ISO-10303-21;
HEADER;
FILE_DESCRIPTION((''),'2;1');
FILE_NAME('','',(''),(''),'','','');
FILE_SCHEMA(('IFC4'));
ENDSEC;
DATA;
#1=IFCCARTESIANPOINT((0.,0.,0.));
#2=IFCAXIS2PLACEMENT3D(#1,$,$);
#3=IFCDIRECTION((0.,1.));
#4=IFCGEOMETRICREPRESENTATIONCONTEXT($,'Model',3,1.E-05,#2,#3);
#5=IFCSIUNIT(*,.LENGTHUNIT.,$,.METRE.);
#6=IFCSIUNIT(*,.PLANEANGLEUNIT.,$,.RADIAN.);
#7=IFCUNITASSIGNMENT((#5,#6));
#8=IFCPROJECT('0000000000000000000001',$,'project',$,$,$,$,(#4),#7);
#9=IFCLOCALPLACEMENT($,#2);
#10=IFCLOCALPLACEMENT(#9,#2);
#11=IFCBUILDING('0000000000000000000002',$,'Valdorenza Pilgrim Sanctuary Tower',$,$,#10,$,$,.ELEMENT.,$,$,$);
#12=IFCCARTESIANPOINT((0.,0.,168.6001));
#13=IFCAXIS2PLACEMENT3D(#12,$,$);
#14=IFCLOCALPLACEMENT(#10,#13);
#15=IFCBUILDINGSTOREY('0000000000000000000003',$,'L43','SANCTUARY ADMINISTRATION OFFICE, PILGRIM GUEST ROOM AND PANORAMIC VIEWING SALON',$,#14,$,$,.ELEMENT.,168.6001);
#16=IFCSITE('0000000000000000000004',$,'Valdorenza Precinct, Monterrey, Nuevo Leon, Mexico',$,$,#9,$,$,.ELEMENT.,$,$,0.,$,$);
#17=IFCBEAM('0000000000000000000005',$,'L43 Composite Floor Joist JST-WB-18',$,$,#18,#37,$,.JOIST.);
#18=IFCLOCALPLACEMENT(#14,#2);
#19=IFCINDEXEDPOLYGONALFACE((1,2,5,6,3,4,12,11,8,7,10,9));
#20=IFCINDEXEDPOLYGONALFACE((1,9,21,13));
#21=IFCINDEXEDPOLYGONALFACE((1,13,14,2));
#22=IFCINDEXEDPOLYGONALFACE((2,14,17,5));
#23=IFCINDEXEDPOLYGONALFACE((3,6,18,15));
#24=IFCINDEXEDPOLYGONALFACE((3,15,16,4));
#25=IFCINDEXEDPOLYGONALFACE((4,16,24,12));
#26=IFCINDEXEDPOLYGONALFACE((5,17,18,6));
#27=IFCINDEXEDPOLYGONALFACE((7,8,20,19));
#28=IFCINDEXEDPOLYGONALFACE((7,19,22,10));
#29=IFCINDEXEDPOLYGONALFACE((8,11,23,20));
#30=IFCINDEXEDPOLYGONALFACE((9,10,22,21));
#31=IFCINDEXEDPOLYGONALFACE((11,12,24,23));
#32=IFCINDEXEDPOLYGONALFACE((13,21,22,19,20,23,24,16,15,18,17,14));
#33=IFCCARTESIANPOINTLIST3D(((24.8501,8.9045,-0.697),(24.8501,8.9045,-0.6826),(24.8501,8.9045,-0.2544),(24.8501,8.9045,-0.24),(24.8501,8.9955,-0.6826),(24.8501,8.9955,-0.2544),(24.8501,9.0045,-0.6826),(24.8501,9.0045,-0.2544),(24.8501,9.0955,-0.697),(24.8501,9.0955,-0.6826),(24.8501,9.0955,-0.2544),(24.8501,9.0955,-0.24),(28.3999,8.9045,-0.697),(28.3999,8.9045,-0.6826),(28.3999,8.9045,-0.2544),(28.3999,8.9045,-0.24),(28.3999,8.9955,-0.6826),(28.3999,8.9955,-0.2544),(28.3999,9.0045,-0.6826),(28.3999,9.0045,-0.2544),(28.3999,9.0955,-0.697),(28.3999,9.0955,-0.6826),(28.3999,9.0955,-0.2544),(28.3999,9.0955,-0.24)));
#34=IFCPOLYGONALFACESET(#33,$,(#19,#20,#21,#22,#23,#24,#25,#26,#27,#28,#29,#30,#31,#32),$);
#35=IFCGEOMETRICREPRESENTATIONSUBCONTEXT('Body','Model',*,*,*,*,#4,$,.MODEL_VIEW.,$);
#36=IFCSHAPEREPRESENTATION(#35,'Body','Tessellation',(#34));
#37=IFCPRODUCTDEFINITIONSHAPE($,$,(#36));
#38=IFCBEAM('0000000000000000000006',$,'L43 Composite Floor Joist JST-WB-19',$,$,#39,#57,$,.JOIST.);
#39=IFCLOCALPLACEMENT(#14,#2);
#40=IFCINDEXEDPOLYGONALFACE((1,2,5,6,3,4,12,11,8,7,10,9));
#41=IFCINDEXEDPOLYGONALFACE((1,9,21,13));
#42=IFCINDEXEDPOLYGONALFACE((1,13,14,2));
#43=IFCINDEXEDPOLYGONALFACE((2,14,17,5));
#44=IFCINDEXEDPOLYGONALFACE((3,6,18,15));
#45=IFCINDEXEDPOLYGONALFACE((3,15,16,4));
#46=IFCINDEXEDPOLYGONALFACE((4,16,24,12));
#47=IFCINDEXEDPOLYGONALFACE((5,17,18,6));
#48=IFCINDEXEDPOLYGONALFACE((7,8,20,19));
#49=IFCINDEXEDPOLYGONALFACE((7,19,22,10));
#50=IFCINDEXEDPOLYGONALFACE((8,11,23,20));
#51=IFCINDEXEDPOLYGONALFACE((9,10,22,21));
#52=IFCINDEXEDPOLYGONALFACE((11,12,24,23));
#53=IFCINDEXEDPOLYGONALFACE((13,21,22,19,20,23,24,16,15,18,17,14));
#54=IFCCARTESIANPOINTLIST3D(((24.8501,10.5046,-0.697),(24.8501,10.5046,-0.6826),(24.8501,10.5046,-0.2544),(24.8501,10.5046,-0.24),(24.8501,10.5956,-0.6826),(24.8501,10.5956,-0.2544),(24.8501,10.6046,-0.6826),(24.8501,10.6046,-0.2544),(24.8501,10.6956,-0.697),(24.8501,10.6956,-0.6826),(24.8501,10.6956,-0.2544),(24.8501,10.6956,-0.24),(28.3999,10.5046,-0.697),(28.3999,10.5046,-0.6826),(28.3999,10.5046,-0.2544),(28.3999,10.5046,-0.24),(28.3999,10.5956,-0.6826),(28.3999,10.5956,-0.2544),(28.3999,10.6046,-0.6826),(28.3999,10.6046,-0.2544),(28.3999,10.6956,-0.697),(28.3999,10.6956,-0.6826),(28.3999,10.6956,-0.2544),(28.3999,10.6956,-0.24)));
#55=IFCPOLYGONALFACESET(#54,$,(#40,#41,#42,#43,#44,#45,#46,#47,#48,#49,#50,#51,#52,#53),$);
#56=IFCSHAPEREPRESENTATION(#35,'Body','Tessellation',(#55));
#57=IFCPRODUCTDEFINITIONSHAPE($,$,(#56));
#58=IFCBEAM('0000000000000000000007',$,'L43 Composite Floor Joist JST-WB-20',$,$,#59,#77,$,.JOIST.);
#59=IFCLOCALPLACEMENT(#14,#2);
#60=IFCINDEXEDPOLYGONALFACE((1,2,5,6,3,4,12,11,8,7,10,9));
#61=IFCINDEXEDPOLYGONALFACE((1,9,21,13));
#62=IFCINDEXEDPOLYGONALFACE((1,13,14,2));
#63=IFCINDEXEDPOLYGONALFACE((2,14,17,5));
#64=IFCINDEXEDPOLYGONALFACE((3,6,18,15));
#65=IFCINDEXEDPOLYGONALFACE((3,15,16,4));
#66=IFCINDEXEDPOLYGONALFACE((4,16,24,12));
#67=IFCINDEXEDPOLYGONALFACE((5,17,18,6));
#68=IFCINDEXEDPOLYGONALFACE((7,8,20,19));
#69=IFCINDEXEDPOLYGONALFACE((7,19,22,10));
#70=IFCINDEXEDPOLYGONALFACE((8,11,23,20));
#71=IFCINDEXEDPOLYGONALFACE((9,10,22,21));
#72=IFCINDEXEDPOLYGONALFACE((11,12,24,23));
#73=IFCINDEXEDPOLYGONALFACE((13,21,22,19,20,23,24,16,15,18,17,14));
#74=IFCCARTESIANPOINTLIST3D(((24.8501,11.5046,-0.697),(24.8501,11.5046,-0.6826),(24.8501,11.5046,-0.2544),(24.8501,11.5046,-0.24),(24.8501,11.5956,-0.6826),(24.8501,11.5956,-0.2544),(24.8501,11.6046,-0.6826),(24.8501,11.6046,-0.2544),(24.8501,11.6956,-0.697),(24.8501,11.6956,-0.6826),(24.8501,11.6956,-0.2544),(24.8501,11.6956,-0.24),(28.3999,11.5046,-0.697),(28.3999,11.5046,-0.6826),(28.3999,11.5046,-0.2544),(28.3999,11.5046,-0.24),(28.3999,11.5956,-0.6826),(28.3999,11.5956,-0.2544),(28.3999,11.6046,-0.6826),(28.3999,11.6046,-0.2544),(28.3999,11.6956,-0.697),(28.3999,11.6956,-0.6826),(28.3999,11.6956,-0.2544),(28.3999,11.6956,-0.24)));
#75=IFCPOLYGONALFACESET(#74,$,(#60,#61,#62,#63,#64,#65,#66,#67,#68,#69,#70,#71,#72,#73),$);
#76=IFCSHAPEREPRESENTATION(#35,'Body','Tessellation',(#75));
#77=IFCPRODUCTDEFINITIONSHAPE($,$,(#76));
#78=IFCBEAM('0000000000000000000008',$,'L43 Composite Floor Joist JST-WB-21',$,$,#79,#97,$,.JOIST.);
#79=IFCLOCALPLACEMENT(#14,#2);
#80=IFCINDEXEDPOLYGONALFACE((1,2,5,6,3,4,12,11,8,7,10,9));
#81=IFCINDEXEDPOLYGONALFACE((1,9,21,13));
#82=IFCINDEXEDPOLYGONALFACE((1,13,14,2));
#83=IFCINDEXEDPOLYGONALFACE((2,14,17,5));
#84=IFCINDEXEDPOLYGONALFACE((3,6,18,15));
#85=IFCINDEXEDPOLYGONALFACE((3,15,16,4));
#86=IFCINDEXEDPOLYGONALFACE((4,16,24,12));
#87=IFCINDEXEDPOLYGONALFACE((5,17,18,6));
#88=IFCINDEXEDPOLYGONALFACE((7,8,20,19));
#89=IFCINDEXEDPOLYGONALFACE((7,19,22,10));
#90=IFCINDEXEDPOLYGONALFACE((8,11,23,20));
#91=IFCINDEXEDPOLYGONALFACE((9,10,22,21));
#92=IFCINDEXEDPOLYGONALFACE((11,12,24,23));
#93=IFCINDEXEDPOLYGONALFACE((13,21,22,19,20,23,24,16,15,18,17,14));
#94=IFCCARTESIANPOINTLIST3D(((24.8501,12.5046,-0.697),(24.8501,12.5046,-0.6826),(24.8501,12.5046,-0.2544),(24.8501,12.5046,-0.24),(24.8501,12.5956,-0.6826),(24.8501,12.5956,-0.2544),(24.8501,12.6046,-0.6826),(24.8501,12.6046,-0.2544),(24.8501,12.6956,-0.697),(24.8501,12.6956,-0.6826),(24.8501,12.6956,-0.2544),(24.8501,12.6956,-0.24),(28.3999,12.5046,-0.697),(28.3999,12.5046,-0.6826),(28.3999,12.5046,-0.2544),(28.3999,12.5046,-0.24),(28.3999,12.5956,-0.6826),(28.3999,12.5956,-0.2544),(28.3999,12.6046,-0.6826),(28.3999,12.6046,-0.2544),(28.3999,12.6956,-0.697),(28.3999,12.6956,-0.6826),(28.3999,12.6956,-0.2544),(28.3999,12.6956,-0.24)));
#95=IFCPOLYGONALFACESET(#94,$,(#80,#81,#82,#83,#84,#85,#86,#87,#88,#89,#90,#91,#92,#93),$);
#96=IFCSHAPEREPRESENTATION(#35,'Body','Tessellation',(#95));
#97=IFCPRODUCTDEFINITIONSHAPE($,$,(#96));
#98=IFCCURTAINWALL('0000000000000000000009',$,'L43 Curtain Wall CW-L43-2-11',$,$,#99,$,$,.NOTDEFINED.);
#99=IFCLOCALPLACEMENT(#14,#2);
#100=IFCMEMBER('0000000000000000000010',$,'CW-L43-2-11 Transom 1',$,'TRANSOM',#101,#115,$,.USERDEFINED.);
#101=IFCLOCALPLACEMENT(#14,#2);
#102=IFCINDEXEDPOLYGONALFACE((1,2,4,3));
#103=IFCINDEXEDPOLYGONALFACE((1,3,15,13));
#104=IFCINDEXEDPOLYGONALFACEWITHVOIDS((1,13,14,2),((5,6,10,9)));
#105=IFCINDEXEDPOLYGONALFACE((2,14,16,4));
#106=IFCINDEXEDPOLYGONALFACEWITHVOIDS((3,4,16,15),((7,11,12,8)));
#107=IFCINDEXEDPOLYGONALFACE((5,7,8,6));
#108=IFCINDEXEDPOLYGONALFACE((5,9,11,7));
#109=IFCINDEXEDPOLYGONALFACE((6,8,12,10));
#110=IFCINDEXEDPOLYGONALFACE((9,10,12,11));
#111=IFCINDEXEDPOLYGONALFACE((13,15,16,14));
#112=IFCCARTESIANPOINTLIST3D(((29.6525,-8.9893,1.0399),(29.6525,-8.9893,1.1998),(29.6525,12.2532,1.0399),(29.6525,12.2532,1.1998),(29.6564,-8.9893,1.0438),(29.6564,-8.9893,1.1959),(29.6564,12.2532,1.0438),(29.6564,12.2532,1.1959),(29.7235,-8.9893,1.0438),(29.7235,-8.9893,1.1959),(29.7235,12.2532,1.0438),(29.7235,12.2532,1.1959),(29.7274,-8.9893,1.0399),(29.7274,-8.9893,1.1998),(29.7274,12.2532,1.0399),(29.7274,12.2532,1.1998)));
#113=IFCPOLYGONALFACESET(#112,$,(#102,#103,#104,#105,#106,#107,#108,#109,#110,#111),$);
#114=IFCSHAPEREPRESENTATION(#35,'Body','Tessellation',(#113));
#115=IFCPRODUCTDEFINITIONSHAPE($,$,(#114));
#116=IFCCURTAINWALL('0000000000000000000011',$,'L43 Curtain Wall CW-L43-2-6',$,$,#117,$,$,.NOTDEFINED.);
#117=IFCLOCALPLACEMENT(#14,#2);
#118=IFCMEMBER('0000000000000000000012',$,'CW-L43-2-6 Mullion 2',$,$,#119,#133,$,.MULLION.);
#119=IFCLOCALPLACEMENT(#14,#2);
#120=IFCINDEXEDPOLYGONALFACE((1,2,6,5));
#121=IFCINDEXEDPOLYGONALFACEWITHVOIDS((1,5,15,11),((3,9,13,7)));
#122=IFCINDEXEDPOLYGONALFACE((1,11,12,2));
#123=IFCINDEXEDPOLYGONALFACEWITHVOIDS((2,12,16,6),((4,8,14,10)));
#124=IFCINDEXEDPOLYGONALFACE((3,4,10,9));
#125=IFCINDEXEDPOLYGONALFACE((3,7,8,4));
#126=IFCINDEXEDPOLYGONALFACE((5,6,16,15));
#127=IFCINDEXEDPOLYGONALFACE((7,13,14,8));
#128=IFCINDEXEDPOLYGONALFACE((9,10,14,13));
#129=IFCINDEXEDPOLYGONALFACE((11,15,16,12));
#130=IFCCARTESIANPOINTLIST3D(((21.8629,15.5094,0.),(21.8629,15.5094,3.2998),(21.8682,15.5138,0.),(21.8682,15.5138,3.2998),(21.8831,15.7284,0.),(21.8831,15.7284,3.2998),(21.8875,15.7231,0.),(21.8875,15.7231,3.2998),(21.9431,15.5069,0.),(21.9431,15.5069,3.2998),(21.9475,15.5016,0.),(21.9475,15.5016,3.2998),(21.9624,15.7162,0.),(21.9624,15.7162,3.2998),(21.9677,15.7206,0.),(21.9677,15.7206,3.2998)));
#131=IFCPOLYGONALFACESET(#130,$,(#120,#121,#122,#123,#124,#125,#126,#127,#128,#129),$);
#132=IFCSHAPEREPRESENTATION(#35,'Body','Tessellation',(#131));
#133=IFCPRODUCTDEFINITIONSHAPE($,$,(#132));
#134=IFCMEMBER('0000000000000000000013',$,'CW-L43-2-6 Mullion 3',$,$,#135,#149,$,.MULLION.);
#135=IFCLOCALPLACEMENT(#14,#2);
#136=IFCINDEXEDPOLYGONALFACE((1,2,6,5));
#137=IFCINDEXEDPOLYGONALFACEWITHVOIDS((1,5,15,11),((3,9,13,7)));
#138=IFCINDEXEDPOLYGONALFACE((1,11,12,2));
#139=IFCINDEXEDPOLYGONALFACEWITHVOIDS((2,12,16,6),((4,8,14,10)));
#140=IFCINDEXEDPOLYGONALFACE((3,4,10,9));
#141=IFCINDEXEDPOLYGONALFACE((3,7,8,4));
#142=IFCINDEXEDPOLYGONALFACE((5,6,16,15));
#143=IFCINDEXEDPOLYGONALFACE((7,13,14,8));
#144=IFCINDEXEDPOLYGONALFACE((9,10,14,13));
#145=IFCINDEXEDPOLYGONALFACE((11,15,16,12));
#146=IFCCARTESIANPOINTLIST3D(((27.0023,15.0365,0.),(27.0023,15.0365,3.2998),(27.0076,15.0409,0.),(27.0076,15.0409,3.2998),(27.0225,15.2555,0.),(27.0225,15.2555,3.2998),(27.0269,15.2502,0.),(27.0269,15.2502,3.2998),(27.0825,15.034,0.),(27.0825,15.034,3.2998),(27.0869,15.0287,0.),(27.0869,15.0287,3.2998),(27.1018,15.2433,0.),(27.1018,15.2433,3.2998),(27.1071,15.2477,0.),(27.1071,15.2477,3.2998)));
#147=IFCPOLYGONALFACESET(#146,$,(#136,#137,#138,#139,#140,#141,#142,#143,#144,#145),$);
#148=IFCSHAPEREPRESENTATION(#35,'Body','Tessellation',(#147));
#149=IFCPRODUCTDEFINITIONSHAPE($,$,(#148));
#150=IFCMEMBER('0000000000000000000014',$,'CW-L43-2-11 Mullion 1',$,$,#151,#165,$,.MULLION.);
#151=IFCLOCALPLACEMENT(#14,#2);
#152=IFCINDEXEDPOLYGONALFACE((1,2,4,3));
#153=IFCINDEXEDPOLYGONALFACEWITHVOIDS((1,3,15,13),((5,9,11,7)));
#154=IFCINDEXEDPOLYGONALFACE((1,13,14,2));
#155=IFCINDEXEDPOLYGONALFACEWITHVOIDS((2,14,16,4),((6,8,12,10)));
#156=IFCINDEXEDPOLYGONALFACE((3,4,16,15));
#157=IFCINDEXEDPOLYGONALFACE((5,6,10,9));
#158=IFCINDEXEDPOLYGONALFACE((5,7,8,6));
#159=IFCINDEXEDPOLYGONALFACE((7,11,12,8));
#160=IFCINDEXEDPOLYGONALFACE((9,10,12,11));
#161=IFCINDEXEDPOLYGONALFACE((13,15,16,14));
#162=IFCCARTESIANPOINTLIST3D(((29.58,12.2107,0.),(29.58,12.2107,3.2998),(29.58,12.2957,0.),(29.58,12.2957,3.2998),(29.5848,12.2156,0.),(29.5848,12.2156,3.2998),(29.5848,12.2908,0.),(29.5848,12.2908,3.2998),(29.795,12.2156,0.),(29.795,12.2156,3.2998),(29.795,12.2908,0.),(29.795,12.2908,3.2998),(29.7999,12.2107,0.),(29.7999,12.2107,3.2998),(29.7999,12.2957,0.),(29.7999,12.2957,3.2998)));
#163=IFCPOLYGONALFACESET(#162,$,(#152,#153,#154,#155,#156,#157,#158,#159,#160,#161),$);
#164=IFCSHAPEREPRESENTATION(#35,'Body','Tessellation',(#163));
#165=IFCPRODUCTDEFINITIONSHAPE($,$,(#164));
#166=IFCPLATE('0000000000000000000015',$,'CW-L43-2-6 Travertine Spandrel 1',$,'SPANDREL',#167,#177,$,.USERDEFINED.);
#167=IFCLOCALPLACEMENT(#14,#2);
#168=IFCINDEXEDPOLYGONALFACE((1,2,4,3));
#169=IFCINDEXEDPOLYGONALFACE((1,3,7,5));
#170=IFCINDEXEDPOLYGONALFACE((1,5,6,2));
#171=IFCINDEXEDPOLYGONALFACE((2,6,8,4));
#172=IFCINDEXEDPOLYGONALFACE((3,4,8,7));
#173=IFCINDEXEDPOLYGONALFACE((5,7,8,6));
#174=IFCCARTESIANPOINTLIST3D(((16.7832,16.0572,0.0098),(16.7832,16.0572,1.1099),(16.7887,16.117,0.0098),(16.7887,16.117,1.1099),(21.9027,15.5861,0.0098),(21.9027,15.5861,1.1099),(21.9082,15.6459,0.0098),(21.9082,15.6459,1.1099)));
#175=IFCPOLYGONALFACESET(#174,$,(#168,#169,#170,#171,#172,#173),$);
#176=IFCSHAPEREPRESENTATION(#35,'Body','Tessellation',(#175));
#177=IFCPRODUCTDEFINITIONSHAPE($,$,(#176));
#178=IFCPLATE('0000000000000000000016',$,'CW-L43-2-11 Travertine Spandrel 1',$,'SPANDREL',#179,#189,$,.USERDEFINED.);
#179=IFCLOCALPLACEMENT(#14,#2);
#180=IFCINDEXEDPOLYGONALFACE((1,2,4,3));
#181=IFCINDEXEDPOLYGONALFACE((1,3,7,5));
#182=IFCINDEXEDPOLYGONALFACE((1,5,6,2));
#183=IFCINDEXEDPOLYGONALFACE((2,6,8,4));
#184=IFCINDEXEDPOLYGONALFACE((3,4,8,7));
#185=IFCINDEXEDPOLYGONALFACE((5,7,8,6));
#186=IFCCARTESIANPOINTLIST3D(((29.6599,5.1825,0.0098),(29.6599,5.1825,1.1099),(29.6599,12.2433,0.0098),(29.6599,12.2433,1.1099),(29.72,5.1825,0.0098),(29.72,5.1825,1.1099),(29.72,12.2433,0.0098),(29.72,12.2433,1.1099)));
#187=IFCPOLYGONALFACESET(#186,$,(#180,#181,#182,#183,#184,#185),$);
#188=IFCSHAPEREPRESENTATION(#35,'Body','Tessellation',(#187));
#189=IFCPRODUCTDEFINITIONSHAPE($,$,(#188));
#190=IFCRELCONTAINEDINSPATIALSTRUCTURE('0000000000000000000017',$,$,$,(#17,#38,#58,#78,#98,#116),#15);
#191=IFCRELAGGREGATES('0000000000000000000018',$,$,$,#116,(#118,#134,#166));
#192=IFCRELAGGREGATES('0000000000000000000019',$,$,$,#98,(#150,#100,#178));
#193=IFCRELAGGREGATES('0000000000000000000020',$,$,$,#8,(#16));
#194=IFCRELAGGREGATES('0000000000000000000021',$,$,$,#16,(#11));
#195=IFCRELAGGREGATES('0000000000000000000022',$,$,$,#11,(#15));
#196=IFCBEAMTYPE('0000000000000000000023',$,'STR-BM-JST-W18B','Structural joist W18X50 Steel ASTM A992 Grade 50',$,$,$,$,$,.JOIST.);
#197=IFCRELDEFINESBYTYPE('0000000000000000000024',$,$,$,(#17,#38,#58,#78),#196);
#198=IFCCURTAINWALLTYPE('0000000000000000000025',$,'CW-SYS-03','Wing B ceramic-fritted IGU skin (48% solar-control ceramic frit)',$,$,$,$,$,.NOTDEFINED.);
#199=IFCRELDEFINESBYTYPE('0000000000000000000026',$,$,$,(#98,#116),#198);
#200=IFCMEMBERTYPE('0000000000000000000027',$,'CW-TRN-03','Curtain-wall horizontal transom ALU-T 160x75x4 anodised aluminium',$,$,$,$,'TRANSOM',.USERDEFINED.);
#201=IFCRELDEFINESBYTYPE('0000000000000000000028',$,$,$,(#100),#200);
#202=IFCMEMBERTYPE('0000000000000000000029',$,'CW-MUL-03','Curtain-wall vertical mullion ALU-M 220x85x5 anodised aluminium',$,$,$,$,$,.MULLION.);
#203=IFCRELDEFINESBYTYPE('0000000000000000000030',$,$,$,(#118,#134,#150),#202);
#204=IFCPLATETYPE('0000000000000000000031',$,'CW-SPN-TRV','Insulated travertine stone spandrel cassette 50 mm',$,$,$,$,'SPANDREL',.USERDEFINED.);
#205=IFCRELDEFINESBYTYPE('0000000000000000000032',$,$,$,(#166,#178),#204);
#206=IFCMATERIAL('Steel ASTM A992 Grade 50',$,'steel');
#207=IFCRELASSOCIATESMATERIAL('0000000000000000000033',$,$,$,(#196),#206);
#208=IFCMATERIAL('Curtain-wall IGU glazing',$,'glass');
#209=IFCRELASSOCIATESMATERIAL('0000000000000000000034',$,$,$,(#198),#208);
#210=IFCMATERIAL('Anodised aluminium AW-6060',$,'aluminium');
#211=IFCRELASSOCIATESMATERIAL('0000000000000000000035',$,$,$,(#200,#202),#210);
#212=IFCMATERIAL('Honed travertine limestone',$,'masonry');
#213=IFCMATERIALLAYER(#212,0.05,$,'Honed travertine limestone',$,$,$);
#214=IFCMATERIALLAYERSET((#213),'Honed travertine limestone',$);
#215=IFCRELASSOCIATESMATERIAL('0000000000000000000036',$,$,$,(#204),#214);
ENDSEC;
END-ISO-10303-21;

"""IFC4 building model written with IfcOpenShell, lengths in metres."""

from ifc_helpers import new_model, si_unit, direction, frame, origin, origin_2d, place, context, subcontext, project, spatial, rectangle, hollow_rectangle, i_section, extrude, source, transform, mapped, material, layer, layer_set, material_profile, profile_set, type_object, element, aggregate, save


model = new_model("IFC4")

# Units and contexts
model_context = context("Model", 3, precision=1e-05, world=origin(), true_north=direction((0.0, 1.0)))
body_context = subcontext(model_context, "Body", "Model", "MODEL_VIEW")
ifc_project = project(units=[si_unit("LENGTHUNIT", "METRE"), si_unit("PLANEANGLEUNIT", "RADIAN")], contexts=[model_context])

# Site, building, storey
site_placement = place(None, origin())
site = spatial("IfcSite", under=ifc_project, at=site_placement, Name="Valdorenza Precinct, Monterrey, Nuevo Leon, Mexico", CompositionType="ELEMENT", RefElevation=0.0)
building_placement = place(site_placement, origin())
building = spatial("IfcBuilding", under=site, at=building_placement, Name="Valdorenza Pilgrim Sanctuary Tower", CompositionType="ELEMENT")
storey_placement = place(building_placement, frame((0.0, 0.0, 168.6001)))
storey = spatial("IfcBuildingStorey", under=building, at=storey_placement, Name="L43", Description="SANCTUARY ADMINISTRATION OFFICE, PILGRIM GUEST ROOM AND PANORAMIC VIEWING SALON", CompositionType="ELEMENT", Elevation=168.6001)

# Shared definitions
ifc_material_1 = material(Name="Steel ASTM A992 Grade 50", Category="steel")

# Beams
ifc_material_profile_1 = material_profile(ifc_material_1, i_section(OverallWidth=0.1909, OverallDepth=0.457, WebThickness=0.009, FlangeThickness=0.0144, at=origin_2d()), Name="W18X50")
ifc_profile_set_1 = profile_set([ifc_material_profile_1], Name="Steel ASTM A992 Grade 50")
beam_type_1 = type_object("IfcBeamType", Name="STR-BM-JST-W18B", Description="Structural joist W18X50 Steel ASTM A992 Grade 50", PredefinedType="JOIST", material=ifc_profile_set_1)
shared_shape_1 = source(origin(), body_context, "Body", "SweptSolid", [
    extrude(i_section(OverallWidth=0.1909, OverallDepth=0.457, WebThickness=0.009, FlangeThickness=0.0144, at=origin_2d()), origin(), (0.0, 0.0, 1.0), 3.5498),
])
for number, where, z_axis, x_axis, name in (
    (1, (24.8501, 9.0, -0.4685), (1.0, 0.0, 0.0), (0.0, 1.0, 0.0), "L43 Composite Floor Joist JST-WB-18"),
    (2, (24.8501, 10.6001, -0.4685), (1.0, 0.0, 0.0), (0.0, 1.0, 0.0), "L43 Composite Floor Joist JST-WB-19"),
    (3, (24.8501, 11.6001, -0.4685), (1.0, 0.0, 0.0), (0.0, 1.0, 0.0), "L43 Composite Floor Joist JST-WB-20"),
    (4, (24.8501, 12.6001, -0.4685), (1.0, 0.0, 0.0), (0.0, 1.0, 0.0), "L43 Composite Floor Joist JST-WB-21"),
):
    element("IfcBeam", number, at=place(storey_placement, frame(where, z_axis=z_axis, x_axis=x_axis)), inside=storey, type_object=beam_type_1, Name=name, PredefinedType="JOIST", context=body_context, shape_type="MappedRepresentation", body=[
        mapped(shared_shape_1, transform((0.0, 0.0, 0.0), x_axis=(1.0, 0.0, 0.0), y_axis=(0.0, 1.0, 0.0), z_axis=(0.0, 0.0, 1.0), scale=1.0)),
    ])

# Curtain wall, member
ifc_material_2 = material(Name="Curtain-wall IGU glazing", Category="glass")
curtain_wall_type = type_object("IfcCurtainWallType", Name="CW-SYS-03", Description="Wing B ceramic-fritted IGU skin (48% solar-control ceramic frit)", PredefinedType="NOTDEFINED", material=ifc_material_2)
curtain_wall_1_placement = place(storey_placement, origin())
curtain_wall_1 = element("IfcCurtainWall", 5, at=curtain_wall_1_placement, inside=storey, type_object=curtain_wall_type, Name="L43 Curtain Wall CW-L43-2-11", PredefinedType="NOTDEFINED")
ifc_material_3 = material(Name="Anodised aluminium AW-6060", Category="aluminium")
ifc_material_profile_2 = material_profile(ifc_material_3, hollow_rectangle(XDim=0.075, YDim=0.1599, WallThickness=0.0039, at=origin_2d()), Name="ALU-T 160x75x4")
ifc_profile_set_2 = profile_set([ifc_material_profile_2], Name="Anodised aluminium AW-6060")
member_type_1 = type_object("IfcMemberType", Name="CW-TRN-03", Description="Curtain-wall horizontal transom ALU-T 160x75x4 anodised aluminium", ElementType="TRANSOM", PredefinedType="USERDEFINED", material=ifc_profile_set_2)
shared_shape_2 = source(origin(), body_context, "Body", "SweptSolid", [
    extrude(hollow_rectangle(XDim=0.075, YDim=0.1599, WallThickness=0.0039, at=origin_2d()), origin(), (0.0, 0.0, 1.0), 21.2424),
])
member_1_placement = place(storey_placement, frame((29.6899, 12.2532, 1.1199), z_axis=(0.0, -1.0, 0.0), x_axis=(1.0, 0.0, 0.0)))
member_1 = element("IfcMember", 6, at=member_1_placement, type_object=member_type_1, Name="CW-L43-2-11 Transom 1", ObjectType="TRANSOM", PredefinedType="USERDEFINED", context=body_context, shape_type="MappedRepresentation", body=[
    mapped(shared_shape_2, transform((0.0, 0.0, 0.0), x_axis=(1.0, 0.0, 0.0), y_axis=(0.0, 1.0, 0.0), z_axis=(0.0, 0.0, 1.0), scale=1.0)),
])

# Curtain wall, members
curtain_wall_2_placement = place(storey_placement, origin())
curtain_wall_2 = element("IfcCurtainWall", 7, at=curtain_wall_2_placement, inside=storey, type_object=curtain_wall_type, Name="L43 Curtain Wall CW-L43-2-6", PredefinedType="NOTDEFINED")
ifc_material_profile_3 = material_profile(ifc_material_3, hollow_rectangle(XDim=0.085, YDim=0.22, WallThickness=0.0049, at=origin_2d()), Name="ALU-M 220x85x5")
ifc_profile_set_3 = profile_set([ifc_material_profile_3], Name="Anodised aluminium AW-6060")
member_type_2 = type_object("IfcMemberType", Name="CW-MUL-03", Description="Curtain-wall vertical mullion ALU-M 220x85x5 anodised aluminium", PredefinedType="MULLION", material=ifc_profile_set_3)
shared_shape_3 = source(origin(), body_context, "Body", "SweptSolid", [
    extrude(hollow_rectangle(XDim=0.085, YDim=0.22, WallThickness=0.0049, at=origin_2d()), origin(), (0.0, 0.0, 1.0), 3.2998),
])
member_2_placement = place(storey_placement, frame((21.9153, 15.615, 0.0), z_axis=(0.0, 0.0, 1.0), x_axis=(0.995794, -0.091623, 0.0)))
member_2 = element("IfcMember", 8, at=member_2_placement, type_object=member_type_2, Name="CW-L43-2-6 Mullion 2", PredefinedType="MULLION", context=body_context, shape_type="MappedRepresentation", body=[
    mapped(shared_shape_3, transform((0.0, 0.0, 0.0), x_axis=(1.0, 0.0, 0.0), y_axis=(0.0, 1.0, 0.0), z_axis=(0.0, 0.0, 1.0), scale=1.0)),
])
member_3_placement = place(storey_placement, frame((27.0547, 15.1421, 0.0), z_axis=(0.0, 0.0, 1.0), x_axis=(0.995794, -0.091623, 0.0)))
member_3 = element("IfcMember", 9, at=member_3_placement, type_object=member_type_2, Name="CW-L43-2-6 Mullion 3", PredefinedType="MULLION", context=body_context, shape_type="MappedRepresentation", body=[
    mapped(shared_shape_3, transform((0.0, 0.0, 0.0), x_axis=(1.0, 0.0, 0.0), y_axis=(0.0, 1.0, 0.0), z_axis=(0.0, 0.0, 1.0), scale=1.0)),
])

# Member
member_4_placement = place(storey_placement, frame((29.6899, 12.2532, 0.0), z_axis=(0.0, 0.0, 1.0), x_axis=(0.0, -1.0, 0.0)))
member_4 = element("IfcMember", 10, at=member_4_placement, type_object=member_type_2, Name="CW-L43-2-11 Mullion 1", PredefinedType="MULLION", context=body_context, shape_type="MappedRepresentation", body=[
    mapped(shared_shape_3, transform((0.0, 0.0, 0.0), x_axis=(1.0, 0.0, 0.0), y_axis=(0.0, 1.0, 0.0), z_axis=(0.0, 0.0, 1.0), scale=1.0)),
])

# Plates
ifc_material_4 = material(Name="Honed travertine limestone", Category="masonry")
ifc_layer_1 = layer(ifc_material_4, 0.05, Name="Honed travertine limestone")
ifc_layer_set_1 = layer_set([ifc_layer_1], Name="Honed travertine limestone")
plate_type_1 = type_object("IfcPlateType", Name="CW-SPN-TRV", Description="Insulated travertine stone spandrel cassette 50 mm", ElementType="SPANDREL", PredefinedType="USERDEFINED", material=ifc_layer_set_1)
shared_shape_4 = source(origin(), body_context, "Body", "SweptSolid", [
    extrude(rectangle(XDim=5.1411, YDim=0.0601, at=origin_2d()), origin(), (0.0, 0.0, 1.0), 1.1001),
])
plate_1_placement = place(storey_placement, frame((19.3457, 15.8516, 0.0098), z_axis=(0.0, 0.0, 1.0), x_axis=(0.995794, -0.091623, 0.0)))
plate_1 = element("IfcPlate", 11, at=plate_1_placement, type_object=plate_type_1, Name="CW-L43-2-6 Travertine Spandrel 1", ObjectType="SPANDREL", PredefinedType="USERDEFINED", context=body_context, shape_type="MappedRepresentation", body=[
    mapped(shared_shape_4, transform((0.0, 0.0, 0.0), x_axis=(1.0, 0.0, 0.0), y_axis=(0.0, 1.0, 0.0), z_axis=(0.0, 0.0, 1.0), scale=1.0)),
])
shared_shape_5 = source(origin(), body_context, "Body", "SweptSolid", [
    extrude(rectangle(XDim=7.0608, YDim=0.0601, at=origin_2d()), origin(), (0.0, 0.0, 1.0), 1.1001),
])
plate_2_placement = place(storey_placement, frame((29.6899, 8.7129, 0.0098), z_axis=(0.0, 0.0, 1.0), x_axis=(0.0, -1.0, 0.0)))
plate_2 = element("IfcPlate", 12, at=plate_2_placement, type_object=plate_type_1, Name="CW-L43-2-11 Travertine Spandrel 1", ObjectType="SPANDREL", PredefinedType="USERDEFINED", context=body_context, shape_type="MappedRepresentation", body=[
    mapped(shared_shape_5, transform((0.0, 0.0, 0.0), x_axis=(1.0, 0.0, 0.0), y_axis=(0.0, 1.0, 0.0), z_axis=(0.0, 0.0, 1.0), scale=1.0)),
])
aggregate(curtain_wall_2, [member_2, member_3, plate_1])
aggregate(curtain_wall_1, [member_4, member_1, plate_2])

save(model, "model.ifc")
